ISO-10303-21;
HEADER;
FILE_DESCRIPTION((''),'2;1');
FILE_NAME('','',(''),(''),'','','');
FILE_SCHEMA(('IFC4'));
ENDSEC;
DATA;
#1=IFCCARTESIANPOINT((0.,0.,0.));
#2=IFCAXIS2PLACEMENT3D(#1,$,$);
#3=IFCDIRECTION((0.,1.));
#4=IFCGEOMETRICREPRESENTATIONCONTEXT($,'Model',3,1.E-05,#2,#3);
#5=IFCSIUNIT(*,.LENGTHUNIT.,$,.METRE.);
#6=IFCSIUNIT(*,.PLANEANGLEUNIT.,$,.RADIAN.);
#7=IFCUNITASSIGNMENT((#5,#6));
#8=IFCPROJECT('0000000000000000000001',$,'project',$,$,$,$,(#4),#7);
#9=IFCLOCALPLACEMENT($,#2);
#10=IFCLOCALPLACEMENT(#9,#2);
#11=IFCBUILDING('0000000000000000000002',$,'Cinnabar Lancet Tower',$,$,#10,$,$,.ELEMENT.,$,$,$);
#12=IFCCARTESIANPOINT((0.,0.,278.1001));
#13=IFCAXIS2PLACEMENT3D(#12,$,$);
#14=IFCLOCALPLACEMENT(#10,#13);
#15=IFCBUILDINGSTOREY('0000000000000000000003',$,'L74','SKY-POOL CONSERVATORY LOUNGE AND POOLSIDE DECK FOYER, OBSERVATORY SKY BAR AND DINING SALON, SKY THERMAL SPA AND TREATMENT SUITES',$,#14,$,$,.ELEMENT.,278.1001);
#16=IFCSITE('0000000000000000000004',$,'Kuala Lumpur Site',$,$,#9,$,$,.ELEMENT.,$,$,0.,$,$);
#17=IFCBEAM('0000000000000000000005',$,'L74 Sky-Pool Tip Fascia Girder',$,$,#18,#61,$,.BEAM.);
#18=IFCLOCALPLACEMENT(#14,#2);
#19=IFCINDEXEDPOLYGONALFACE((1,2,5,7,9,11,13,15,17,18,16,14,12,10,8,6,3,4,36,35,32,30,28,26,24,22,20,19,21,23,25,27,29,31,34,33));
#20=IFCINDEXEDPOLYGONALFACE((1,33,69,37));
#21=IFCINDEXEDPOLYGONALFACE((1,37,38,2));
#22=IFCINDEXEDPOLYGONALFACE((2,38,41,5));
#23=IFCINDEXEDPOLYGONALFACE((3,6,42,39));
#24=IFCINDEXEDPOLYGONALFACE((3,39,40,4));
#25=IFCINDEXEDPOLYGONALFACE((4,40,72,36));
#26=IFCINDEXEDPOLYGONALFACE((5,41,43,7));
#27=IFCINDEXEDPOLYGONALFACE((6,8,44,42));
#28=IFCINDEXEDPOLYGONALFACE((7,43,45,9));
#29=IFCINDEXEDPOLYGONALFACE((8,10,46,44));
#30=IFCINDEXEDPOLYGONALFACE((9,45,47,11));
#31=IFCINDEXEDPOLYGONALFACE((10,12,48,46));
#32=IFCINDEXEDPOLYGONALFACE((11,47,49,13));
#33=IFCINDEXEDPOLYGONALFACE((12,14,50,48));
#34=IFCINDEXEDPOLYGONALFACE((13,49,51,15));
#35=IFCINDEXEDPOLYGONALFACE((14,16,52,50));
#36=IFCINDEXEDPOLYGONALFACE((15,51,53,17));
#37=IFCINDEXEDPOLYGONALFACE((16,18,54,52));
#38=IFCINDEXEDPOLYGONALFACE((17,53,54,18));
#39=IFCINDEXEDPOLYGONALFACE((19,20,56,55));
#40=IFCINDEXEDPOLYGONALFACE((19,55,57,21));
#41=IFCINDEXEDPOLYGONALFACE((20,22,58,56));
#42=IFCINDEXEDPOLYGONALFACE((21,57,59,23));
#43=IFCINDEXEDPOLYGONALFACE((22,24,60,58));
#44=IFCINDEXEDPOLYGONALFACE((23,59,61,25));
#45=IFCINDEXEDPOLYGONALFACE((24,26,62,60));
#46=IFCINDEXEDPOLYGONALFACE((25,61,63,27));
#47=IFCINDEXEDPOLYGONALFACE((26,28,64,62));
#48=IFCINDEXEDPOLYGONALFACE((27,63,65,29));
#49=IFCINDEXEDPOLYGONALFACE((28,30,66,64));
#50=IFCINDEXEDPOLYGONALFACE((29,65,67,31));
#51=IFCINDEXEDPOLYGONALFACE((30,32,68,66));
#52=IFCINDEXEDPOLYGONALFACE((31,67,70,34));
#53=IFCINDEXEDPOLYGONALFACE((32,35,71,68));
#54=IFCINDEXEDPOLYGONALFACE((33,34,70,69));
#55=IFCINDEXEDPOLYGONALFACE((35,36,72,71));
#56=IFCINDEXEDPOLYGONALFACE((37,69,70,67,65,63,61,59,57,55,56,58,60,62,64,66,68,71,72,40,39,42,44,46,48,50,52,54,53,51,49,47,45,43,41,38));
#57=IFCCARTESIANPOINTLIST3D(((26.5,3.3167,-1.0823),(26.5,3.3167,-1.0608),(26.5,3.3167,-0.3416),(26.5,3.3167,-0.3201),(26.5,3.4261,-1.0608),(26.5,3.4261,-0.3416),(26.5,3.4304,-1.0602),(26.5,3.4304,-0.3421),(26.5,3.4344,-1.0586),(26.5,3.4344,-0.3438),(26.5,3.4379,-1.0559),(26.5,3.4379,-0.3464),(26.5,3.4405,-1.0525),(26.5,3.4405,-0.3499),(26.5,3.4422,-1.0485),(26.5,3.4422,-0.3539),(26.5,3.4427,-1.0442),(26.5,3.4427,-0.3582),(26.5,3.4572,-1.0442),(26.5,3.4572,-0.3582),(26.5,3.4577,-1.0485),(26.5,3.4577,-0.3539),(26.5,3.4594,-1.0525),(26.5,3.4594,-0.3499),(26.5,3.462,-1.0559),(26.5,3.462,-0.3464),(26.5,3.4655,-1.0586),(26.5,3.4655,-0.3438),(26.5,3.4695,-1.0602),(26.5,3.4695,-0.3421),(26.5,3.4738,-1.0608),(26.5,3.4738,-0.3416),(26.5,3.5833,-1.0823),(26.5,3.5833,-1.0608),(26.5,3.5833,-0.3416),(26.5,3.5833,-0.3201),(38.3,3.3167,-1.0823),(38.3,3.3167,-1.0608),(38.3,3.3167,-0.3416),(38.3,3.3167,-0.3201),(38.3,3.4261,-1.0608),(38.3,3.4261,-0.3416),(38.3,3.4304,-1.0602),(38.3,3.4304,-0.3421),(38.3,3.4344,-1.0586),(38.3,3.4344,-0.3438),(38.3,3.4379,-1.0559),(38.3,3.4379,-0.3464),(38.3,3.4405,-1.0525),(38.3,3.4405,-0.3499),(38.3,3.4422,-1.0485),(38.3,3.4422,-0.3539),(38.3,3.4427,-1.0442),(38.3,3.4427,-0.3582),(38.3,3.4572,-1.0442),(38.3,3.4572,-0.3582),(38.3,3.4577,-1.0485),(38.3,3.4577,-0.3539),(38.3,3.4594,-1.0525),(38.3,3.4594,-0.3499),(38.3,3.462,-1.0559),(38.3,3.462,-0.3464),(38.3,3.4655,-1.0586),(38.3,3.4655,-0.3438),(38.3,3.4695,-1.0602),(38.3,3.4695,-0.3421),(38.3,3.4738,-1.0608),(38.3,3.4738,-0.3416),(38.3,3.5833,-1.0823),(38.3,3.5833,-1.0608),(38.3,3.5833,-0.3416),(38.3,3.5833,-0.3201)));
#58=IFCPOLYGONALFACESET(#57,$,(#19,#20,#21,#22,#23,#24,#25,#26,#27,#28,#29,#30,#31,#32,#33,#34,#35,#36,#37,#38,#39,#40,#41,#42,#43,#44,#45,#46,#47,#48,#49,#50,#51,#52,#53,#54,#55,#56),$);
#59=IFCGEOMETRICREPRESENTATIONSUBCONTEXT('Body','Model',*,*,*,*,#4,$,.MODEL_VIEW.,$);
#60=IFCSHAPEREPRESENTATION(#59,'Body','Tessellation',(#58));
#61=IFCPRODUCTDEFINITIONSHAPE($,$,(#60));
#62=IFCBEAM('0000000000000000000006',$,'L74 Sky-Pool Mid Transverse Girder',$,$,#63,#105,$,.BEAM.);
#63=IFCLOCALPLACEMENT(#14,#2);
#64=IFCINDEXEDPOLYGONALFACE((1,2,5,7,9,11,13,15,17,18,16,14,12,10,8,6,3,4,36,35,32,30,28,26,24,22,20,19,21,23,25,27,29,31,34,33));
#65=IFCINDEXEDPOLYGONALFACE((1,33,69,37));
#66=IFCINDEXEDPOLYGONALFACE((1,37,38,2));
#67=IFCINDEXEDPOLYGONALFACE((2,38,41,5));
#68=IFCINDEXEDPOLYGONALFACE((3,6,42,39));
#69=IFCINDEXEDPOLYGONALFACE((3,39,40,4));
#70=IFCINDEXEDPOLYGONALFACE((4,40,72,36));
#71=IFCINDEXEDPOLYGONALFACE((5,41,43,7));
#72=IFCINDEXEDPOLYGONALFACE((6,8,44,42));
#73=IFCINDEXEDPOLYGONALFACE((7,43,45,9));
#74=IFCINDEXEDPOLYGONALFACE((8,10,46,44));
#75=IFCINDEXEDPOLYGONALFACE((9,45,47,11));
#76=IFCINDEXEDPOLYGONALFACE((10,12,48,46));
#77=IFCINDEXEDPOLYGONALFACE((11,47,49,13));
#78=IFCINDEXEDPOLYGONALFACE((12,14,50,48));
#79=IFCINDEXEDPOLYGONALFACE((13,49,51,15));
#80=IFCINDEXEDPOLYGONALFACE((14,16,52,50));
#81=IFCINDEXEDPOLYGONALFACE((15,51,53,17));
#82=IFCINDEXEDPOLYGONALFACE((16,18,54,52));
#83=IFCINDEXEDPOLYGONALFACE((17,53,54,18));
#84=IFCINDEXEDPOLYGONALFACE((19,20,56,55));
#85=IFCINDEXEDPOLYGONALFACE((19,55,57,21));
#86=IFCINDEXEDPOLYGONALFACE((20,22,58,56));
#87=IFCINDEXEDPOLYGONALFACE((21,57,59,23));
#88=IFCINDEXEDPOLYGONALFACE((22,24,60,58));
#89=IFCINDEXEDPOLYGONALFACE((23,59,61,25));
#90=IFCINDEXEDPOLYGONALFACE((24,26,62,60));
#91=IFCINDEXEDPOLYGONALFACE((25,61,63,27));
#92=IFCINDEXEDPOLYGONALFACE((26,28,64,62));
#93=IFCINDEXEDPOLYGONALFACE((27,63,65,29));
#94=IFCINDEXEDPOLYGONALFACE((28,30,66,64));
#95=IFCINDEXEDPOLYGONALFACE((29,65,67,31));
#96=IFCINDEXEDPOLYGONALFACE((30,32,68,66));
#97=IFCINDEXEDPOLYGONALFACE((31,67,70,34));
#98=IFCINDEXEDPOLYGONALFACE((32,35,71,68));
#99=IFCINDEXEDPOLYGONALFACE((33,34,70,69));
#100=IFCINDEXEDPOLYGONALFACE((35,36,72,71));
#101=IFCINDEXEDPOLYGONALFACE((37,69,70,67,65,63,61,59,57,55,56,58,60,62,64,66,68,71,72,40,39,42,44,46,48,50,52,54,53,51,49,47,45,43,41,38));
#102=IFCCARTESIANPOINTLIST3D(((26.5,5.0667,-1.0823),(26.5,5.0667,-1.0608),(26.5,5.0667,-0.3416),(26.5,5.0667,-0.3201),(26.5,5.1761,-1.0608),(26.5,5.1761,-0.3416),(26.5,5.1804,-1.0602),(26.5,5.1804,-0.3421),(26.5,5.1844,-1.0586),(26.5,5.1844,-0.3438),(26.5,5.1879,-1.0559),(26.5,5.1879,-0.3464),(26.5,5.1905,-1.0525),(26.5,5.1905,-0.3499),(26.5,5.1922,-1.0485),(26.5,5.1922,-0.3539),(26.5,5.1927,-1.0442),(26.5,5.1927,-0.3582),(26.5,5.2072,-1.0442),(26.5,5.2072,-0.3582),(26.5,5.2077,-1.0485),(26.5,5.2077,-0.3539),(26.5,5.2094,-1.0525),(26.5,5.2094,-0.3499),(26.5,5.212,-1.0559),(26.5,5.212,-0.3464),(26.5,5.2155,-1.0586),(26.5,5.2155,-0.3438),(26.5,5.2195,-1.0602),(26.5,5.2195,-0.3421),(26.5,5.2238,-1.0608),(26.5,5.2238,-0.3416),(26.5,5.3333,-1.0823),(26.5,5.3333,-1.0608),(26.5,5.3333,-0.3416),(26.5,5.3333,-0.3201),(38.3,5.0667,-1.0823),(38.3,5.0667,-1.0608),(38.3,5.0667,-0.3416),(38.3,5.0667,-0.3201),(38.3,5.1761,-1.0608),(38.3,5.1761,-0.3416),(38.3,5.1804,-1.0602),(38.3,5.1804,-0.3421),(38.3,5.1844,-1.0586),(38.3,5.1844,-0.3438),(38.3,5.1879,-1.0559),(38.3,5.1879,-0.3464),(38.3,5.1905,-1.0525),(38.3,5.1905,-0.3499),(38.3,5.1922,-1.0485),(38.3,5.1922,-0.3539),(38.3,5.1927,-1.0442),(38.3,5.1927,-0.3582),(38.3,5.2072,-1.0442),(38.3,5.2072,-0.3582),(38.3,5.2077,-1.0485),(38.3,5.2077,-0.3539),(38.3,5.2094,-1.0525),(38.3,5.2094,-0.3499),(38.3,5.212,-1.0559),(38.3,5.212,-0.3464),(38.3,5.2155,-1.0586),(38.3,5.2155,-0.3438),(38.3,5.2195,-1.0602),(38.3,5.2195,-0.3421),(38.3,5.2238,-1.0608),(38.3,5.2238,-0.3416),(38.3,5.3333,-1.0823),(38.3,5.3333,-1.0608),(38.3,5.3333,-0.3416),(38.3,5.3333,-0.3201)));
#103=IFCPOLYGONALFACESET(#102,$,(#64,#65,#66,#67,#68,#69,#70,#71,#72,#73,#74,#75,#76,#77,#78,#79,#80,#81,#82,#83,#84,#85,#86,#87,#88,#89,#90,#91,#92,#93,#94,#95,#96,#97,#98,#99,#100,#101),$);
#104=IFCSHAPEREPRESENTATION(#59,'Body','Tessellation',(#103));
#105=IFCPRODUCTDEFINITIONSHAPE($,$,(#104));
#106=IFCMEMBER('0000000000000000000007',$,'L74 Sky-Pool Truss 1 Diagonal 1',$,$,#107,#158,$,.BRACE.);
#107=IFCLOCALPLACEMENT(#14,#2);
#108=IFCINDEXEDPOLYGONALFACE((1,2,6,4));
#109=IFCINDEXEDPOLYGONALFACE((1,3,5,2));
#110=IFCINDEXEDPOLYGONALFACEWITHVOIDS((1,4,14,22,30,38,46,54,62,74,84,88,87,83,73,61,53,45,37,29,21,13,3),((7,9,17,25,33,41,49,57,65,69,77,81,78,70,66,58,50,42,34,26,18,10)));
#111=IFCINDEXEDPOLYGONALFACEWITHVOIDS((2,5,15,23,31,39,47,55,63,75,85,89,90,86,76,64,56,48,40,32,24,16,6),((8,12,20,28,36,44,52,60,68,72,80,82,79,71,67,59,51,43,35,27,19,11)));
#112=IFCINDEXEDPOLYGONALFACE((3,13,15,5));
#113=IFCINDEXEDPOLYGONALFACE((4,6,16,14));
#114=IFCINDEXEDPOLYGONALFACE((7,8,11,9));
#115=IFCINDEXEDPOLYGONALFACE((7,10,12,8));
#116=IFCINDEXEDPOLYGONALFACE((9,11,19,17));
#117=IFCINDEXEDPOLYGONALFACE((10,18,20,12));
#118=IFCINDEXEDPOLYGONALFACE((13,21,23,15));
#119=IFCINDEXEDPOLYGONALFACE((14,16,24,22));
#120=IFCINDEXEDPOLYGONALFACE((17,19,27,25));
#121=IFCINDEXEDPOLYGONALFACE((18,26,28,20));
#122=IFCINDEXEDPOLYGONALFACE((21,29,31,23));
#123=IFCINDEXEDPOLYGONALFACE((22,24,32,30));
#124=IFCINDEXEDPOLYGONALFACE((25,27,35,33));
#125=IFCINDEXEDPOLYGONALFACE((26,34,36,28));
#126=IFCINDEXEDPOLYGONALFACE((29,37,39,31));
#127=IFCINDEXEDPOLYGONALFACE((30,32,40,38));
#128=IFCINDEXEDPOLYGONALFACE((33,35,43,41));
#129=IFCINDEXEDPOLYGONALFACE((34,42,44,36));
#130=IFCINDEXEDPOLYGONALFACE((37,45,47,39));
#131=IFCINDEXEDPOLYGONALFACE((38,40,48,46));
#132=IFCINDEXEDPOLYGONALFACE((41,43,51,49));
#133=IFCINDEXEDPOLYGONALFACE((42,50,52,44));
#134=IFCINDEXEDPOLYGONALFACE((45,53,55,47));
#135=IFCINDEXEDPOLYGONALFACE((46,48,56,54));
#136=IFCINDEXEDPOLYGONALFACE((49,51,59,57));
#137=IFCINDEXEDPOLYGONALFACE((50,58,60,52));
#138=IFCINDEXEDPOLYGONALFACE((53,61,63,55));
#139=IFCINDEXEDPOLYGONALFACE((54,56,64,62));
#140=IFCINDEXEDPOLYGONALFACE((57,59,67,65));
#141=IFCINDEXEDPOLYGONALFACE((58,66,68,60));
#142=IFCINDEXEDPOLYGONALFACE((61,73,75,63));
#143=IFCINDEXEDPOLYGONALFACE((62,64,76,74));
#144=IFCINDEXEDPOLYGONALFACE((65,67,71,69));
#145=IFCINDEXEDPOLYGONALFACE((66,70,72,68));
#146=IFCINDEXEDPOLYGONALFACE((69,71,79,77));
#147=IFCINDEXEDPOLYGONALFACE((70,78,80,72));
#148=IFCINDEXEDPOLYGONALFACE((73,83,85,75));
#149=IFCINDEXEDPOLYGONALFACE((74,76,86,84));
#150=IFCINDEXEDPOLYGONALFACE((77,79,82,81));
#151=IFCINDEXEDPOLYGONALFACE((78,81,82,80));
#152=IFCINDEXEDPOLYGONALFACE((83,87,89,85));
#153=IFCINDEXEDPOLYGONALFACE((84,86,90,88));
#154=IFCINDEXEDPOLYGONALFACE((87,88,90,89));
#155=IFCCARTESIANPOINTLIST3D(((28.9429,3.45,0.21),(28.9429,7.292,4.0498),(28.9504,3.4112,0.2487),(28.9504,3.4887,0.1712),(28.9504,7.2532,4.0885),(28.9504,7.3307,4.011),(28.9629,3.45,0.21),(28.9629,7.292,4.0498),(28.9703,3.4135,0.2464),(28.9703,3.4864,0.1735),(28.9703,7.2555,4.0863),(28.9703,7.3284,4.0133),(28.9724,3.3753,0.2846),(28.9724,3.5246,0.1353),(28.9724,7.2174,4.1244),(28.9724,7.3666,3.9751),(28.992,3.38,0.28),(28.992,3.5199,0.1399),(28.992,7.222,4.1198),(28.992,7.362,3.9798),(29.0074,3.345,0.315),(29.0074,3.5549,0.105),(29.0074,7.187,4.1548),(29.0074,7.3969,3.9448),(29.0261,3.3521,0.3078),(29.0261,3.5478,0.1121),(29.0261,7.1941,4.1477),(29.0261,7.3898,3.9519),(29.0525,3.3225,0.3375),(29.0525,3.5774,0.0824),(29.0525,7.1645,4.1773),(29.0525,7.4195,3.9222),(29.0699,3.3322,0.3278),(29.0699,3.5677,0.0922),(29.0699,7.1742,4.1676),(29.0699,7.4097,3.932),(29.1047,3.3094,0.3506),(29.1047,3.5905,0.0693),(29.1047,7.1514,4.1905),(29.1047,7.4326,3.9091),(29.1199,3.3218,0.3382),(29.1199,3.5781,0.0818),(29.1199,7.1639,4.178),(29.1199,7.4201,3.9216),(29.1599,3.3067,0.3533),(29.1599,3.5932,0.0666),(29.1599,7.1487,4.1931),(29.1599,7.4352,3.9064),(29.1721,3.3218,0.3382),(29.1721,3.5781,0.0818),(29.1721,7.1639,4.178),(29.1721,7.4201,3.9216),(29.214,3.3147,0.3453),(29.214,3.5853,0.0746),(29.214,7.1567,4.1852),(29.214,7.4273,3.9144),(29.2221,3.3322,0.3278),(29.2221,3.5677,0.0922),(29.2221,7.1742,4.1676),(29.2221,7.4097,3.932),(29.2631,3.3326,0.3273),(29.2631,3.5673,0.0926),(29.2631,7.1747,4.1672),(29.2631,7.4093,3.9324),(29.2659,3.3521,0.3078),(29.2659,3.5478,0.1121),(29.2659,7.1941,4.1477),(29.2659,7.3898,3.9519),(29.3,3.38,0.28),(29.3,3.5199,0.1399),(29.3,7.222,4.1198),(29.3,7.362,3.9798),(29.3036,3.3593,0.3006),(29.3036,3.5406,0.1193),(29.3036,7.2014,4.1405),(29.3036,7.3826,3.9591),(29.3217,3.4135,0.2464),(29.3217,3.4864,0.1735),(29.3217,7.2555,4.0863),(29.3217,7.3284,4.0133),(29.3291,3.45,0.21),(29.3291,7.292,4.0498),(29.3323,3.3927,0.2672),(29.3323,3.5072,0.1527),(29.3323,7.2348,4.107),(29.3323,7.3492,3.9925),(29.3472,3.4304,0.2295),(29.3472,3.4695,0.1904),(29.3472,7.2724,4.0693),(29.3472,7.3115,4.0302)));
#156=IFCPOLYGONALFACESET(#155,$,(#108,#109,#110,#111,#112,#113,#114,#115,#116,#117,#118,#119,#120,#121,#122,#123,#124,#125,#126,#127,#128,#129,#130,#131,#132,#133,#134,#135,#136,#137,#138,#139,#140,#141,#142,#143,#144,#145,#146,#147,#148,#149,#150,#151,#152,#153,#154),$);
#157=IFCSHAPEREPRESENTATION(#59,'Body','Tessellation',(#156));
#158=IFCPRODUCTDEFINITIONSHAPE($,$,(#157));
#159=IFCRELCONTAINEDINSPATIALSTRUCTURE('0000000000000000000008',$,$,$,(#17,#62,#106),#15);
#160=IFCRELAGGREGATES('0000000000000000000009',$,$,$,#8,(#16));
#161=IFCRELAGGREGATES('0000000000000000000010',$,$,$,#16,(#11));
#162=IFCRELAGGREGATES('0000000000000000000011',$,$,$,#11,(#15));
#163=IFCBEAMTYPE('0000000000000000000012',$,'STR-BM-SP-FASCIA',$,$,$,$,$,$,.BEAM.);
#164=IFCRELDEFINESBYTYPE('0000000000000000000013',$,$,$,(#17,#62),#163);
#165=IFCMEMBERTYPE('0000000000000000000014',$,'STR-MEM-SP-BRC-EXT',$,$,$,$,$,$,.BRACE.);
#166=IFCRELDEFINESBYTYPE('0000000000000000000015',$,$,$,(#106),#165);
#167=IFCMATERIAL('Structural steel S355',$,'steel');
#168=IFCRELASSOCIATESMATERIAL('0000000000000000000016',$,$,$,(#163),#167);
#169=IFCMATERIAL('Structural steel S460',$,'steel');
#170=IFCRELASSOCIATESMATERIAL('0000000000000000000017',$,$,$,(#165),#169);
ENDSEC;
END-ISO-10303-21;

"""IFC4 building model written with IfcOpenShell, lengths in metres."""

from ifc_helpers import new_model, si_unit, direction, frame, origin, origin_2d, place, context, subcontext, project, spatial, hollow_circle, i_section, extrude, material, material_profile, profile_set, type_object, element, save


model = new_model("IFC4")

# Units and contexts
model_context = context("Model", 3, precision=1e-05, world=origin(), true_north=direction((0.0, 1.0)))
body_context = subcontext(model_context, "Body", "Model", "MODEL_VIEW")
ifc_project = project(units=[si_unit("LENGTHUNIT", "METRE"), si_unit("PLANEANGLEUNIT", "RADIAN")], contexts=[model_context])

# Site, building, storey
site_placement = place(None, origin())
site = spatial("IfcSite", under=ifc_project, at=site_placement, Name="Kuala Lumpur Site", CompositionType="ELEMENT", RefElevation=0.0)
building_placement = place(site_placement, origin())
building = spatial("IfcBuilding", under=site, at=building_placement, Name="Cinnabar Lancet Tower", CompositionType="ELEMENT")
storey_placement = place(building_placement, frame((0.0, 0.0, 278.1001)))
storey = spatial("IfcBuildingStorey", under=building, at=storey_placement, Name="L74", Description="SKY-POOL CONSERVATORY LOUNGE AND POOLSIDE DECK FOYER, OBSERVATORY SKY BAR AND DINING SALON, SKY THERMAL SPA AND TREATMENT SUITES", CompositionType="ELEMENT", Elevation=278.1001)

# Beams
ifc_material_1 = material(Name="Structural steel S355", Category="steel")
ifc_material_profile_1 = material_profile(ifc_material_1, i_section(OverallWidth=0.2666, OverallDepth=0.7622, WebThickness=0.0144, FlangeThickness=0.0215, FilletRadius=0.0166, at=origin_2d()), Name="UKB 762x267x173")
ifc_profile_set_1 = profile_set([ifc_material_profile_1], Name="Structural steel S355")
beam_type_1 = type_object("IfcBeamType", Name="STR-BM-SP-FASCIA", PredefinedType="BEAM", material=ifc_profile_set_1)
for number, where, z_axis, x_axis, name in (
    (1, (26.5, 3.45, -0.7012), (1.0, 0.0, 0.0), (0.0, 1.0, 0.0), "L74 Sky-Pool Tip Fascia Girder"),
    (2, (26.5, 5.2, -0.7012), (1.0, 0.0, 0.0), (0.0, 1.0, 0.0), "L74 Sky-Pool Mid Transverse Girder"),
):
    element("IfcBeam", number, at=place(storey_placement, frame(where, z_axis=z_axis, x_axis=x_axis)), inside=storey, type_object=beam_type_1, Name=name, PredefinedType="BEAM", context=body_context, shape_type="SweptSolid", body=[
        extrude(i_section(OverallWidth=0.2666, OverallDepth=0.7622, WebThickness=0.0144, FlangeThickness=0.0215, FilletRadius=0.0166, at=origin_2d()), origin(), (0.0, 0.0, 1.0), 11.8),
    ])

# Member
ifc_material_2 = material(Name="Structural steel S460", Category="steel")
ifc_material_profile_2 = material_profile(ifc_material_2, hollow_circle(Radius=0.2031, WallThickness=0.02, at=origin_2d()), Name="CHS 406.4x20")
ifc_profile_set_2 = profile_set([ifc_material_profile_2], Name="Structural steel S460")
member_type_1 = type_object("IfcMemberType", Name="STR-MEM-SP-BRC-EXT", PredefinedType="BRACE", material=ifc_profile_set_2)
member_1_placement = place(storey_placement, frame((29.146, 3.45, 0.21), z_axis=(0.0, 0.707309, 0.706904), x_axis=(-1.0, 0.0, 0.0)))
element("IfcMember", 3, at=member_1_placement, inside=storey, type_object=member_type_1, Name="L74 Sky-Pool Truss 1 Diagonal 1", PredefinedType="BRACE", context=body_context, shape_type="SweptSolid", body=[
    extrude(hollow_circle(Radius=0.2031, WallThickness=0.02, at=origin_2d()), origin(), (0.0, 0.0, 1.0), 5.4319),
])

save(model, "model.ifc")
